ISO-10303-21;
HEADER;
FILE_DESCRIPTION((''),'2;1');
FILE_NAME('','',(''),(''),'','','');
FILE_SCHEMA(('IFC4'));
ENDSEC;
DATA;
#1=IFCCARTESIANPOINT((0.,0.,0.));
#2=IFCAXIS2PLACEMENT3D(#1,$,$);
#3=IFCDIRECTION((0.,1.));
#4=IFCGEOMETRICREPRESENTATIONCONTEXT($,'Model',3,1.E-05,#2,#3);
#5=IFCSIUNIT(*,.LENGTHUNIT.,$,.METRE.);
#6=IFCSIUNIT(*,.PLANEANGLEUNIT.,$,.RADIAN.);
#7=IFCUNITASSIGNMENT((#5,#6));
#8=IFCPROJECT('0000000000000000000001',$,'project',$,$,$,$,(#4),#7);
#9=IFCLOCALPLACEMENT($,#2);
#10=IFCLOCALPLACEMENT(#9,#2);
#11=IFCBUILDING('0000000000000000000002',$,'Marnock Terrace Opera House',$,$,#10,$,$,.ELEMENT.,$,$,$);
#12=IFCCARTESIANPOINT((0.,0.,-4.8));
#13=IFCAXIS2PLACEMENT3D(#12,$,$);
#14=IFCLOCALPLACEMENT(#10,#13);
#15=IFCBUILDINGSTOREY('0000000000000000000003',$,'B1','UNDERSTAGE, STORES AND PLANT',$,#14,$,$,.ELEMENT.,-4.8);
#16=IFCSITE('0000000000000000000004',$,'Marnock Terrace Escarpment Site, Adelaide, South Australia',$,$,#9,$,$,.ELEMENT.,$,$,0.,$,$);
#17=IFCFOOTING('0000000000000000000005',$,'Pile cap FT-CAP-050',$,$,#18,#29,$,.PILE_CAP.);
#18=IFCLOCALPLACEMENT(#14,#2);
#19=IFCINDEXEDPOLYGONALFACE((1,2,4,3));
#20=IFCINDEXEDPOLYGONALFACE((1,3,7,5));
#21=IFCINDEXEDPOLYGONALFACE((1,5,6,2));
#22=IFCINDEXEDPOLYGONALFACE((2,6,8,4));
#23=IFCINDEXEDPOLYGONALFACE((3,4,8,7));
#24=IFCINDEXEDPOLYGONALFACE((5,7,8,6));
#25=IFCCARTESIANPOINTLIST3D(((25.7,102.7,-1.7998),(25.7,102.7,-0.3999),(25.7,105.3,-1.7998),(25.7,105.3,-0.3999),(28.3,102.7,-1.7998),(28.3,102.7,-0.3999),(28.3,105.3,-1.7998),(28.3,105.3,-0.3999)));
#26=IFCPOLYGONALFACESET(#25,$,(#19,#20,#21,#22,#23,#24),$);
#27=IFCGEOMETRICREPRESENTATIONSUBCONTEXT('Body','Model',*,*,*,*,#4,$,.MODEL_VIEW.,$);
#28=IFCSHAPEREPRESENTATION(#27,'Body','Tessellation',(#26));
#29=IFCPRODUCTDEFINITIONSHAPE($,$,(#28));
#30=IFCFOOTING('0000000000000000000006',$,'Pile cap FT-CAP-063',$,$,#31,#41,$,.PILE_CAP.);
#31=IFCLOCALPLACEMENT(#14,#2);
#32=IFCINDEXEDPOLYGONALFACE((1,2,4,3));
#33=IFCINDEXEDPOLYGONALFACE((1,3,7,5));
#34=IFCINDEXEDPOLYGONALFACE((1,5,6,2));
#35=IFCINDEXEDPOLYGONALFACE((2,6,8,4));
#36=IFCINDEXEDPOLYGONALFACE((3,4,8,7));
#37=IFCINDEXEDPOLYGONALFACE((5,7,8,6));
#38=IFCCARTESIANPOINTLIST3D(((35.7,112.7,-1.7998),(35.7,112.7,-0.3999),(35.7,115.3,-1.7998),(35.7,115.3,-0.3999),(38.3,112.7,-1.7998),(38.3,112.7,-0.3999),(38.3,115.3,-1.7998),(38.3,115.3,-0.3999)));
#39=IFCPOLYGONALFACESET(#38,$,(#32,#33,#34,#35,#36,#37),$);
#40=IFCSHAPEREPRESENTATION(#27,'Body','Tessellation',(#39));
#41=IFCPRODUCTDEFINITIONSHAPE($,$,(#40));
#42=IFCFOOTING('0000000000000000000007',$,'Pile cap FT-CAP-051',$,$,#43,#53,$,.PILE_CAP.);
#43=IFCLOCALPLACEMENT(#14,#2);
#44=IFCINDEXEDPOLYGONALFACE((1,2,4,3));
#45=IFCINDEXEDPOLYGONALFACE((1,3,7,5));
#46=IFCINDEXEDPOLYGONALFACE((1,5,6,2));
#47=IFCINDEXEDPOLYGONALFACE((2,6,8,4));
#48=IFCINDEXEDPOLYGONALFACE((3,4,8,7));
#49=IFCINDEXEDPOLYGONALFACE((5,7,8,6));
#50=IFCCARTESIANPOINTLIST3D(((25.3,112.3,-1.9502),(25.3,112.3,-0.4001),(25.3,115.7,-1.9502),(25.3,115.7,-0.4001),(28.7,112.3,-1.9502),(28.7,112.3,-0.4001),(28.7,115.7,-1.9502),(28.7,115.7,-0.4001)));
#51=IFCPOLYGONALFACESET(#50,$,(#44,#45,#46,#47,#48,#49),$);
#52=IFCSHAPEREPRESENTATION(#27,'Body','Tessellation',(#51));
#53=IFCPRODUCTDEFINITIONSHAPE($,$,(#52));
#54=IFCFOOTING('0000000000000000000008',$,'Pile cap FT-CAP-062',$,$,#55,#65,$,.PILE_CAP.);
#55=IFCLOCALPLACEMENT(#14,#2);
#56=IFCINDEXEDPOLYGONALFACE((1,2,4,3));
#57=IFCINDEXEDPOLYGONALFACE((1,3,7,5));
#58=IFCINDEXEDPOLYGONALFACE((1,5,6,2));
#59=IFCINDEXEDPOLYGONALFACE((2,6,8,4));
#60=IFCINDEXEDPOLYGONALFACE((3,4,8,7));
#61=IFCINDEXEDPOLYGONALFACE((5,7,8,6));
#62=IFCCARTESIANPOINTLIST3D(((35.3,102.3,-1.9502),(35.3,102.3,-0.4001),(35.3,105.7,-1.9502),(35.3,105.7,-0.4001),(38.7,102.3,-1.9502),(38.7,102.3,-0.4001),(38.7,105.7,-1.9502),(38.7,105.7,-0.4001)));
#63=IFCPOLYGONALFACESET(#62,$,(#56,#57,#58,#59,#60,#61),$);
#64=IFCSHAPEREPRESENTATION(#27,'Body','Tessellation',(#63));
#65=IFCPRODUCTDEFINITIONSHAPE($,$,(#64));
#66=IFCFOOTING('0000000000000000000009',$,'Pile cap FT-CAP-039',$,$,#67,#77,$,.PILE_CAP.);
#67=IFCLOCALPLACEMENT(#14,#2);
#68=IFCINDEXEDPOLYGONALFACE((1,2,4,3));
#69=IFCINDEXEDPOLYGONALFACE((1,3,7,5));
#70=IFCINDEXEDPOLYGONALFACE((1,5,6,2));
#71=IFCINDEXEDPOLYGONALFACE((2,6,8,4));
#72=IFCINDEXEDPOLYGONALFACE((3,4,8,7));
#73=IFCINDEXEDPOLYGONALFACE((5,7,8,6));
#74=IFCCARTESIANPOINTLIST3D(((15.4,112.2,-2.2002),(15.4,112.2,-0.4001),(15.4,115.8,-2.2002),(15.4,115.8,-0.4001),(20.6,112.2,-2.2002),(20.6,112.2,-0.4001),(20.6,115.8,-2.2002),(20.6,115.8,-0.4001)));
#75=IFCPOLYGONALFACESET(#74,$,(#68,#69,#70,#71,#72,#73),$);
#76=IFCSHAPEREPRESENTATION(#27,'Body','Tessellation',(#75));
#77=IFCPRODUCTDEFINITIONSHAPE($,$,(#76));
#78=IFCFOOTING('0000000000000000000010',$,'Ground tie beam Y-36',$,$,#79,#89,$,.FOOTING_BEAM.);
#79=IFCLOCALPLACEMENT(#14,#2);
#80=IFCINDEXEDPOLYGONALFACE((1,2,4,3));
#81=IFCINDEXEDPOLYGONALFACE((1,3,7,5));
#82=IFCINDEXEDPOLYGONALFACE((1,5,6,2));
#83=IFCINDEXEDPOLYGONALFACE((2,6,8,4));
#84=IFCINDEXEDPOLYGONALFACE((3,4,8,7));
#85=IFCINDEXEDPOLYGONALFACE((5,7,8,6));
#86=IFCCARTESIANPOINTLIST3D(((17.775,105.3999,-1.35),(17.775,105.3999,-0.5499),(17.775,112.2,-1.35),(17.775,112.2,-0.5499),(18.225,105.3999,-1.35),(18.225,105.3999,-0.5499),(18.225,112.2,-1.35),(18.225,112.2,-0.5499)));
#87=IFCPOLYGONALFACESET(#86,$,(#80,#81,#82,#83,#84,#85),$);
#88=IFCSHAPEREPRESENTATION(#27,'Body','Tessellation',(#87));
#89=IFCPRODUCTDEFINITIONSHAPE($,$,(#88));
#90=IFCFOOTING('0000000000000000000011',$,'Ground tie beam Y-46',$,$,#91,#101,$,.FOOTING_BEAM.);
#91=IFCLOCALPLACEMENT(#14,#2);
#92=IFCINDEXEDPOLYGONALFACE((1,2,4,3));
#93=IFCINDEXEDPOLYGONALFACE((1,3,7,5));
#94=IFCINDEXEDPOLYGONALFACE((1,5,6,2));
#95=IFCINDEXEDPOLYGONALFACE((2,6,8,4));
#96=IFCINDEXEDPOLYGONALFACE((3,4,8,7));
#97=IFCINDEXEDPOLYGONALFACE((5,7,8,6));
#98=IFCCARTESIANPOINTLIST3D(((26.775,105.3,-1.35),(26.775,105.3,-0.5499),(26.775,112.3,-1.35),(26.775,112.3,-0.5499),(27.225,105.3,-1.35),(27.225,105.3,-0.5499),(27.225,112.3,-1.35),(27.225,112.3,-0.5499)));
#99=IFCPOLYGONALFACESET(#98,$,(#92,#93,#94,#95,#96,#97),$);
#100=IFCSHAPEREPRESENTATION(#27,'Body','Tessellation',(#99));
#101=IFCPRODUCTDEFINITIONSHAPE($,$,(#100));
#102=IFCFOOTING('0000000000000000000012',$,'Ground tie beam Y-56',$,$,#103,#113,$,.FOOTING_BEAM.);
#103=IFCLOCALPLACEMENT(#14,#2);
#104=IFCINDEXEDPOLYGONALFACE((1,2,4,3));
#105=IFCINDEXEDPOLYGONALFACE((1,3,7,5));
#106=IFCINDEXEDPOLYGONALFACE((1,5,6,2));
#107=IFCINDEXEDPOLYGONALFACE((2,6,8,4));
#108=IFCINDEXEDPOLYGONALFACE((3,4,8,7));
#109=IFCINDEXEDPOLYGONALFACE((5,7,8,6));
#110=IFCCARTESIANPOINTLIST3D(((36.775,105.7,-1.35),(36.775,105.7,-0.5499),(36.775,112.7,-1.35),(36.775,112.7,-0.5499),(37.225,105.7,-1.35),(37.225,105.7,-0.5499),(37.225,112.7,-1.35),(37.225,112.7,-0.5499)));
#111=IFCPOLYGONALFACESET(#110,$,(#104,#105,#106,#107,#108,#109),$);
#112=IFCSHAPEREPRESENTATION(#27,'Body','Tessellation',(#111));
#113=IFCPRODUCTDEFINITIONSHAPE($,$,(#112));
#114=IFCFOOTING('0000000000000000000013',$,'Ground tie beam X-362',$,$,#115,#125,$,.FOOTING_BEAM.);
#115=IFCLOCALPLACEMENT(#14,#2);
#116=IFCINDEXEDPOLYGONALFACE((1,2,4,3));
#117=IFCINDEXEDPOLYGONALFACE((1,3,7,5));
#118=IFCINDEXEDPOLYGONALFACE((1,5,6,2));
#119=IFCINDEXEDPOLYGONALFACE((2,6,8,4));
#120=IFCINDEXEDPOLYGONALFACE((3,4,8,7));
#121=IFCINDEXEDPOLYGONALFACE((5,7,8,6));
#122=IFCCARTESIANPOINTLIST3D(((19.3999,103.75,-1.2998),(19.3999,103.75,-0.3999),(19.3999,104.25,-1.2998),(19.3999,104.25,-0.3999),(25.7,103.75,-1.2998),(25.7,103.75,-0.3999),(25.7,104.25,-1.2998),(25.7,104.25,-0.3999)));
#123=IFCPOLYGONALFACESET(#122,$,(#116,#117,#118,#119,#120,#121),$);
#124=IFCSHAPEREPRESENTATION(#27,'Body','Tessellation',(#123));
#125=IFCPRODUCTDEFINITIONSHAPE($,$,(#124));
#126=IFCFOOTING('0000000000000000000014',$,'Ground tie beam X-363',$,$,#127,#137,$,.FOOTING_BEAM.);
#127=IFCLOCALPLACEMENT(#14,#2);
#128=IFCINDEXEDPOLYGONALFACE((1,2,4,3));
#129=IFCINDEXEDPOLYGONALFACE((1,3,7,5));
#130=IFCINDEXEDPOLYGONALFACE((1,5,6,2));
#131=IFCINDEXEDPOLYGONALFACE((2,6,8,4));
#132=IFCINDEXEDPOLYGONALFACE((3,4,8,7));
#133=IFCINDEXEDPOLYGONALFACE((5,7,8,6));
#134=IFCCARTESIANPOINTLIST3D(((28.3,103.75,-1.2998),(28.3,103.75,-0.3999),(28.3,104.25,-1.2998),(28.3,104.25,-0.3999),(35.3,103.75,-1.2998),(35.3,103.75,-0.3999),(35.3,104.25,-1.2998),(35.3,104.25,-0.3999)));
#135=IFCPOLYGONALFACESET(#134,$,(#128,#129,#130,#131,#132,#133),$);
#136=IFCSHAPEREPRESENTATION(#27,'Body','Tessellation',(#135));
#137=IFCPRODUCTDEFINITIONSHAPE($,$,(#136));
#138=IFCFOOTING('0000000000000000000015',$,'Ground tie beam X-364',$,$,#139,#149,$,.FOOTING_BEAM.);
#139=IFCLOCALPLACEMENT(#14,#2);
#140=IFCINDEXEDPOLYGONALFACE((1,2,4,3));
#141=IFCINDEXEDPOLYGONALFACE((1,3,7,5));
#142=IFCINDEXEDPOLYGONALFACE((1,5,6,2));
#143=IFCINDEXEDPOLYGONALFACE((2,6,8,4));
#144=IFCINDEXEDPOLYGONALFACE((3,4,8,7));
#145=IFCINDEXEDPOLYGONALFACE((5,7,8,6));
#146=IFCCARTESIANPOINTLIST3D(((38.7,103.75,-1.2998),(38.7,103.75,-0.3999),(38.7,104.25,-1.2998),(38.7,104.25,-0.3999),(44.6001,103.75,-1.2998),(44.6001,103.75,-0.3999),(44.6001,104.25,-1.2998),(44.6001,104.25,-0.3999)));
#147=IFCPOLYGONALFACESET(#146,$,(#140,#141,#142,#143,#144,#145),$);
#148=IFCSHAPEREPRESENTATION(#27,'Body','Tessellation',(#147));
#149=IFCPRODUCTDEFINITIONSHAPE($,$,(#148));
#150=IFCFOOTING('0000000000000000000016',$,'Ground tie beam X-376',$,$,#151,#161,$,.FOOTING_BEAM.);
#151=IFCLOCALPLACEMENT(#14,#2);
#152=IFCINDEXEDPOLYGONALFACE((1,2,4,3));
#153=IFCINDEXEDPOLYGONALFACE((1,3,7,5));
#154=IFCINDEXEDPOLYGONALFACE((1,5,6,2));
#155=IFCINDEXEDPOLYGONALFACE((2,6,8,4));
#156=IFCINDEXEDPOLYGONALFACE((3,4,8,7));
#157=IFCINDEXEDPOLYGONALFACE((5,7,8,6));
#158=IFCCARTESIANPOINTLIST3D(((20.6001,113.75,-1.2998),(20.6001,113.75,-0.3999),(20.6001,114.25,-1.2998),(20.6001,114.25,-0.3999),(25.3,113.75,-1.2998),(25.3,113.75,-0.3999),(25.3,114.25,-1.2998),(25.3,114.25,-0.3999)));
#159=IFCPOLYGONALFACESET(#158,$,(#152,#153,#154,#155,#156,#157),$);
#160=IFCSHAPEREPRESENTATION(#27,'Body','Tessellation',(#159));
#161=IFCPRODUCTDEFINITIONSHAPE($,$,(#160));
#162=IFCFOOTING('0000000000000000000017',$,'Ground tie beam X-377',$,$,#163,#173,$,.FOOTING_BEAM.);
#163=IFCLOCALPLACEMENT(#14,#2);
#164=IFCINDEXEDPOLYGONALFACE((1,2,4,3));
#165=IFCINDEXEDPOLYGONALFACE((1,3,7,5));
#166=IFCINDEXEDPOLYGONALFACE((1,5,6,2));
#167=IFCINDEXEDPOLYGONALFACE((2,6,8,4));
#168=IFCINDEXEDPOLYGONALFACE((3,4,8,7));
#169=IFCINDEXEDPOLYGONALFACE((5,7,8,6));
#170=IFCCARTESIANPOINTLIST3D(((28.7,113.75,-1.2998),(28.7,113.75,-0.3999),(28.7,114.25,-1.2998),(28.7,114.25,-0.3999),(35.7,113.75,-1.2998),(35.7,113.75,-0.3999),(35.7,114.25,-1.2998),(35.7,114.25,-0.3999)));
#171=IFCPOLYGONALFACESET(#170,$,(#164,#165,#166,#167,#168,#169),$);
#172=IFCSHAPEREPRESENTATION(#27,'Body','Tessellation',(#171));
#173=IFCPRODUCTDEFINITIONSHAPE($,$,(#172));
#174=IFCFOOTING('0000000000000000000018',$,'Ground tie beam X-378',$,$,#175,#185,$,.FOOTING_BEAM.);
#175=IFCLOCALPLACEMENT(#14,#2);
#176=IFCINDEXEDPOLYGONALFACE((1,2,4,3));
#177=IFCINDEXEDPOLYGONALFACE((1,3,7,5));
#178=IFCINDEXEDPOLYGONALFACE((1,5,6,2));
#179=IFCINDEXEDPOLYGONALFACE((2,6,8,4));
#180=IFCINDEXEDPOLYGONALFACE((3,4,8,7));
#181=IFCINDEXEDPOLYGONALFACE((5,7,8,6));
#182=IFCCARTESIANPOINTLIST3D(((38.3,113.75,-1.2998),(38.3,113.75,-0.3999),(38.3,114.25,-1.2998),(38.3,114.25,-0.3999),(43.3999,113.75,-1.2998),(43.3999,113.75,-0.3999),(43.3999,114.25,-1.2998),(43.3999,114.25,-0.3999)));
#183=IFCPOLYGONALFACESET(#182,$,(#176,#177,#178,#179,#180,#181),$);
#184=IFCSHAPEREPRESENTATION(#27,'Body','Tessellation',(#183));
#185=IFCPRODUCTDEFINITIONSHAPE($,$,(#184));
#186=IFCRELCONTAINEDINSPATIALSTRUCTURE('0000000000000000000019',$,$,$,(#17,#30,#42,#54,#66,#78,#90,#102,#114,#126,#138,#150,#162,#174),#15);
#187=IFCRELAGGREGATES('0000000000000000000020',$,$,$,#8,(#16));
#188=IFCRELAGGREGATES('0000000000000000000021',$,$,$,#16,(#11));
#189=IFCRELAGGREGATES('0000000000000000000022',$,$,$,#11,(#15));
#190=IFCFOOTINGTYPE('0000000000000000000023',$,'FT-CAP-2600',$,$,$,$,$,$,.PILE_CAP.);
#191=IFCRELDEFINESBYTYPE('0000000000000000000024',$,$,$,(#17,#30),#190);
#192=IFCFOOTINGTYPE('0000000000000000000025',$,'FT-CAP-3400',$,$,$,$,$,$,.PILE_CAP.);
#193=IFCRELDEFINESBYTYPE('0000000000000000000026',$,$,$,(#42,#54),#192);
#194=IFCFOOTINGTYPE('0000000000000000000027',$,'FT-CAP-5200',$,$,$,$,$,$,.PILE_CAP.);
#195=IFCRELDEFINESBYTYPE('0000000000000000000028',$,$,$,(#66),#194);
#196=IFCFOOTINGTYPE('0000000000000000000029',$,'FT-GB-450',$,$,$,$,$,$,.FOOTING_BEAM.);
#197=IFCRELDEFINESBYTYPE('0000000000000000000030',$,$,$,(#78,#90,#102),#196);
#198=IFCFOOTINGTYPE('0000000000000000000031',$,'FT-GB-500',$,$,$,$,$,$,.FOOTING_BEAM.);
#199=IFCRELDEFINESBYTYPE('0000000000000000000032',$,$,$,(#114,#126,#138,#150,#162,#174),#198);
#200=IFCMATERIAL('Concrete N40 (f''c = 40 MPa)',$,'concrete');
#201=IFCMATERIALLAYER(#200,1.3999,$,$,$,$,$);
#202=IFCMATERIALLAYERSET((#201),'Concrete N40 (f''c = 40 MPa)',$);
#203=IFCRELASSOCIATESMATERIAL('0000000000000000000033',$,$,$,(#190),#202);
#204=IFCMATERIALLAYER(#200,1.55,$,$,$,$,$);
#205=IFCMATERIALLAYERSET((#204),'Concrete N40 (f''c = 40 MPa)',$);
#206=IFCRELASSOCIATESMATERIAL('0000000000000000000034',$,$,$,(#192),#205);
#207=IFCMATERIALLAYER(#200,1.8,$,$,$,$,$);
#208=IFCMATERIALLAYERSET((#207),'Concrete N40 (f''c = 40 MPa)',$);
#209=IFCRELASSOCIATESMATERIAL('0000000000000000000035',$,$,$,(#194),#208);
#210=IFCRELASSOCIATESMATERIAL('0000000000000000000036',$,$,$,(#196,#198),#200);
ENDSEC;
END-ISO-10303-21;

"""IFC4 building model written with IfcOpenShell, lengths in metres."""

from ifc_helpers import new_model, si_unit, direction, frame, origin, origin_2d, place, context, subcontext, project, spatial, rectangle, extrude, material, layer, layer_set, material_profile, profile_set, type_object, element, save


model = new_model("IFC4")

# Units and contexts
model_context = context("Model", 3, precision=1e-05, world=origin(), true_north=direction((0.0, 1.0)))
body_context = subcontext(model_context, "Body", "Model", "MODEL_VIEW")
ifc_project = project(units=[si_unit("LENGTHUNIT", "METRE"), si_unit("PLANEANGLEUNIT", "RADIAN")], contexts=[model_context])

# Site, building, storey
site_placement = place(None, origin())
site = spatial("IfcSite", under=ifc_project, at=site_placement, Name="Marnock Terrace Escarpment Site, Adelaide, South Australia", CompositionType="ELEMENT", RefElevation=0.0)
building_placement = place(site_placement, origin())
building = spatial("IfcBuilding", under=site, at=building_placement, Name="Marnock Terrace Opera House", CompositionType="ELEMENT")
storey_placement = place(building_placement, frame((0.0, 0.0, -4.8)))
storey = spatial("IfcBuildingStorey", under=building, at=storey_placement, Name="B1", Description="UNDERSTAGE, STORES AND PLANT", CompositionType="ELEMENT", Elevation=-4.8)

# Footings
ifc_material_1 = material(Name="Concrete N40 (f'c = 40 MPa)", Category="concrete")
ifc_layer_1 = layer(ifc_material_1, 1.3999)
ifc_layer_set_1 = layer_set([ifc_layer_1], Name="Concrete N40 (f'c = 40 MPa)")
footing_type_1 = type_object("IfcFootingType", Name="FT-CAP-2600", PredefinedType="PILE_CAP", material=ifc_layer_set_1)
for number, where, z_axis, x_axis, name in (
    (1, (27.0, 104.0, -1.7998), (0.0, 0.0, 1.0), (1.0, 0.0, 0.0), "Pile cap FT-CAP-050"),
    (2, (37.0, 114.0, -1.7998), (0.0, 0.0, 1.0), (1.0, 0.0, 0.0), "Pile cap FT-CAP-063"),
):
    element("IfcFooting", number, at=place(storey_placement, frame(where, z_axis=z_axis, x_axis=x_axis)), inside=storey, type_object=footing_type_1, Name=name, PredefinedType="PILE_CAP", context=body_context, shape_type="SweptSolid", body=[
        extrude(rectangle(XDim=2.6001, YDim=2.6001, at=origin_2d()), origin(), (0.0, 0.0, 1.0), 1.3999),
    ])
ifc_layer_2 = layer(ifc_material_1, 1.55)
ifc_layer_set_2 = layer_set([ifc_layer_2], Name="Concrete N40 (f'c = 40 MPa)")
footing_type_2 = type_object("IfcFootingType", Name="FT-CAP-3400", PredefinedType="PILE_CAP", material=ifc_layer_set_2)
for number, where, z_axis, x_axis, name in (
    (3, (27.0, 114.0, -1.9502), (0.0, 0.0, 1.0), (1.0, 0.0, 0.0), "Pile cap FT-CAP-051"),
    (4, (37.0, 104.0, -1.9502), (0.0, 0.0, 1.0), (1.0, 0.0, 0.0), "Pile cap FT-CAP-062"),
):
    element("IfcFooting", number, at=place(storey_placement, frame(where, z_axis=z_axis, x_axis=x_axis)), inside=storey, type_object=footing_type_2, Name=name, PredefinedType="PILE_CAP", context=body_context, shape_type="SweptSolid", body=[
        extrude(rectangle(XDim=3.3999, YDim=3.3999, at=origin_2d()), origin(), (0.0, 0.0, 1.0), 1.55),
    ])
ifc_layer_3 = layer(ifc_material_1, 1.8)
ifc_layer_set_3 = layer_set([ifc_layer_3], Name="Concrete N40 (f'c = 40 MPa)")
footing_type_3 = type_object("IfcFootingType", Name="FT-CAP-5200", PredefinedType="PILE_CAP", material=ifc_layer_set_3)
footing_1_placement = place(storey_placement, frame((18.0, 114.0, -2.2002), z_axis=(0.0, 0.0, 1.0), x_axis=(1.0, 0.0, 0.0)))
element("IfcFooting", 5, at=footing_1_placement, inside=storey, type_object=footing_type_3, Name="Pile cap FT-CAP-039", PredefinedType="PILE_CAP", context=body_context, shape_type="SweptSolid", body=[
    extrude(rectangle(XDim=5.2, YDim=3.6001, at=origin_2d()), origin(), (0.0, 0.0, 1.0), 1.8),
])
ifc_material_profile_1 = material_profile(ifc_material_1, rectangle(XDim=0.45, YDim=0.8, at=origin_2d()))
ifc_profile_set_1 = profile_set([ifc_material_profile_1], Name="Concrete N40 (f'c = 40 MPa)")
footing_type_4 = type_object("IfcFootingType", Name="FT-GB-450", PredefinedType="FOOTING_BEAM", material=ifc_profile_set_1)
footing_2_placement = place(storey_placement, frame((18.0, 105.3999, -0.95), z_axis=(0.0, 1.0, 0.0), x_axis=(-1.0, 0.0, 0.0)))
element("IfcFooting", 6, at=footing_2_placement, inside=storey, type_object=footing_type_4, Name="Ground tie beam Y-36", PredefinedType="FOOTING_BEAM", context=body_context, shape_type="SweptSolid", body=[
    extrude(rectangle(XDim=0.45, YDim=0.8, at=origin_2d()), origin(), (0.0, 0.0, 1.0), 6.8),
])
for number, where, z_axis, x_axis, name in (
    (7, (27.0, 105.3, -0.95), (0.0, 1.0, 0.0), (-1.0, 0.0, 0.0), "Ground tie beam Y-46"),
    (8, (37.0, 105.7, -0.95), (0.0, 1.0, 0.0), (-1.0, 0.0, 0.0), "Ground tie beam Y-56"),
):
    element("IfcFooting", number, at=place(storey_placement, frame(where, z_axis=z_axis, x_axis=x_axis)), inside=storey, type_object=footing_type_4, Name=name, PredefinedType="FOOTING_BEAM", context=body_context, shape_type="SweptSolid", body=[
        extrude(rectangle(XDim=0.45, YDim=0.8, at=origin_2d()), origin(), (0.0, 0.0, 1.0), 7.0),
    ])
ifc_material_profile_2 = material_profile(ifc_material_1, rectangle(XDim=0.5, YDim=0.8999, at=origin_2d()))
ifc_profile_set_2 = profile_set([ifc_material_profile_2], Name="Concrete N40 (f'c = 40 MPa)")
footing_type_5 = type_object("IfcFootingType", Name="FT-GB-500", PredefinedType="FOOTING_BEAM", material=ifc_profile_set_2)
footing_3_placement = place(storey_placement, frame((19.3999, 104.0, -0.8499), z_axis=(1.0, 0.0, 0.0), x_axis=(0.0, 1.0, 0.0)))
element("IfcFooting", 9, at=footing_3_placement, inside=storey, type_object=footing_type_5, Name="Ground tie beam X-362", PredefinedType="FOOTING_BEAM", context=body_context, shape_type="SweptSolid", body=[
    extrude(rectangle(XDim=0.5, YDim=0.8999, at=origin_2d()), origin(), (0.0, 0.0, 1.0), 6.3),
])
footing_4_placement = place(storey_placement, frame((28.3, 104.0, -0.8499), z_axis=(1.0, 0.0, 0.0), x_axis=(0.0, 1.0, 0.0)))
element("IfcFooting", 10, at=footing_4_placement, inside=storey, type_object=footing_type_5, Name="Ground tie beam X-363", PredefinedType="FOOTING_BEAM", context=body_context, shape_type="SweptSolid", body=[
    extrude(rectangle(XDim=0.5, YDim=0.8999, at=origin_2d()), origin(), (0.0, 0.0, 1.0), 7.0),
])
footing_5_placement = place(storey_placement, frame((38.7, 104.0, -0.8499), z_axis=(1.0, 0.0, 0.0), x_axis=(0.0, 1.0, 0.0)))
element("IfcFooting", 11, at=footing_5_placement, inside=storey, type_object=footing_type_5, Name="Ground tie beam X-364", PredefinedType="FOOTING_BEAM", context=body_context, shape_type="SweptSolid", body=[
    extrude(rectangle(XDim=0.5, YDim=0.8999, at=origin_2d()), origin(), (0.0, 0.0, 1.0), 5.9001),
])
footing_6_placement = place(storey_placement, frame((20.6001, 114.0, -0.8499), z_axis=(1.0, 0.0, 0.0), x_axis=(0.0, 1.0, 0.0)))
element("IfcFooting", 12, at=footing_6_placement, inside=storey, type_object=footing_type_5, Name="Ground tie beam X-376", PredefinedType="FOOTING_BEAM", context=body_context, shape_type="SweptSolid", body=[
    extrude(rectangle(XDim=0.5, YDim=0.8999, at=origin_2d()), origin(), (0.0, 0.0, 1.0), 4.7),
])
footing_7_placement = place(storey_placement, frame((28.7, 114.0, -0.8499), z_axis=(1.0, 0.0, 0.0), x_axis=(0.0, 1.0, 0.0)))
element("IfcFooting", 13, at=footing_7_placement, inside=storey, type_object=footing_type_5, Name="Ground tie beam X-377", PredefinedType="FOOTING_BEAM", context=body_context, shape_type="SweptSolid", body=[
    extrude(rectangle(XDim=0.5, YDim=0.8999, at=origin_2d()), origin(), (0.0, 0.0, 1.0), 7.0),
])
footing_8_placement = place(storey_placement, frame((38.3, 114.0, -0.8499), z_axis=(1.0, 0.0, 0.0), x_axis=(0.0, 1.0, 0.0)))
element("IfcFooting", 14, at=footing_8_placement, inside=storey, type_object=footing_type_5, Name="Ground tie beam X-378", PredefinedType="FOOTING_BEAM", context=body_context, shape_type="SweptSolid", body=[
    extrude(rectangle(XDim=0.5, YDim=0.8999, at=origin_2d()), origin(), (0.0, 0.0, 1.0), 5.0999),
])

save(model, "model.ifc")
